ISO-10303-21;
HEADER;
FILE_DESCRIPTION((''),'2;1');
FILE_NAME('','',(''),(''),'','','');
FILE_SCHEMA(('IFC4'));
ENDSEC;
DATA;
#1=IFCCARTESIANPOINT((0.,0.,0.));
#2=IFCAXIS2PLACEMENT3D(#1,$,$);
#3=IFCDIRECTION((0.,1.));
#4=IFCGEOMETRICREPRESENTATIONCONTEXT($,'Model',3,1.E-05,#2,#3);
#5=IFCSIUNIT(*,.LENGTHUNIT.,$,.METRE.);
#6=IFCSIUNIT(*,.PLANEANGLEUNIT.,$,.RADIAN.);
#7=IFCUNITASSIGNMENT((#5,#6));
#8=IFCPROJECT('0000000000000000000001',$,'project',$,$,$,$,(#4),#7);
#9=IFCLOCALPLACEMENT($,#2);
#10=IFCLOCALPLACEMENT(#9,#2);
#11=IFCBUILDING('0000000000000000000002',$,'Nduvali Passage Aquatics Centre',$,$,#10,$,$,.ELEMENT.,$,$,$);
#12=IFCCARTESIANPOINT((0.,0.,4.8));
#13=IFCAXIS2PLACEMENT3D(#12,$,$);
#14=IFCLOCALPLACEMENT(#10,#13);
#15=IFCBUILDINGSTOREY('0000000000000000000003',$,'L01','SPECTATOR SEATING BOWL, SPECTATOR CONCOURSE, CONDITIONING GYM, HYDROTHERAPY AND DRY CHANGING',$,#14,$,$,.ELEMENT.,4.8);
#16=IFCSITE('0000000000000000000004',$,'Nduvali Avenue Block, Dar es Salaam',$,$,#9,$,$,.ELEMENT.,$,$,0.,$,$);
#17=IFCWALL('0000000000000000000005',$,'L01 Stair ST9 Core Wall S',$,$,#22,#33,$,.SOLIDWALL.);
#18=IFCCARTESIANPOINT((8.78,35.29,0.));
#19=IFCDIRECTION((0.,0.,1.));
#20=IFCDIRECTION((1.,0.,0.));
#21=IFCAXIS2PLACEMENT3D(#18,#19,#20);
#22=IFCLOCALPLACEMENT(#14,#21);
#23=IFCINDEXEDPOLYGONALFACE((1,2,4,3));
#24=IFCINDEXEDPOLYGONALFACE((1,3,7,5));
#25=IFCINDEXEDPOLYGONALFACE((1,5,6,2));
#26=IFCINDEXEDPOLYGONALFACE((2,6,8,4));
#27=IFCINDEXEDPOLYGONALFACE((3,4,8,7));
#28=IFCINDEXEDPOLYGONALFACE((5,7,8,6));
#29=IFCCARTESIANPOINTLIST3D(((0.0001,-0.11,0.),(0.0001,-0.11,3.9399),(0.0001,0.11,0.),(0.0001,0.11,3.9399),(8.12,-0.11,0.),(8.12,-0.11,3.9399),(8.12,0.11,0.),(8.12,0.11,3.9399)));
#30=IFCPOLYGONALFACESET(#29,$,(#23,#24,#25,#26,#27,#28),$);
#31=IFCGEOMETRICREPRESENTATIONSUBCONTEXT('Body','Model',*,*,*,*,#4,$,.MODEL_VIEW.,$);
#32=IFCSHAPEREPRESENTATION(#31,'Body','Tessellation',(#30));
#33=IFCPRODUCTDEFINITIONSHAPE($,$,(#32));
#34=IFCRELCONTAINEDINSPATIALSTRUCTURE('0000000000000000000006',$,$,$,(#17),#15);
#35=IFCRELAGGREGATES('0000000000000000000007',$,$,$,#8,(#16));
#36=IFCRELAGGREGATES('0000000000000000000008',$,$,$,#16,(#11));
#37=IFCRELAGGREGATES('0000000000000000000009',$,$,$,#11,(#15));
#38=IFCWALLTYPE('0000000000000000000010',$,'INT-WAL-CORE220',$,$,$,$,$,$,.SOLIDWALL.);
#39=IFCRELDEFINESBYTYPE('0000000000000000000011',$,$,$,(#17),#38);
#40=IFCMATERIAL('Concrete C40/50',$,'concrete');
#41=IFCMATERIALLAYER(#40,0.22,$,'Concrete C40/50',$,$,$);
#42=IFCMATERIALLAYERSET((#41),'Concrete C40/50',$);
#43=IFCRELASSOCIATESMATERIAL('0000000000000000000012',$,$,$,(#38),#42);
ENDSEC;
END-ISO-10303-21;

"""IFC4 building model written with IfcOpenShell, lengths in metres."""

from ifc_helpers import new_model, si_unit, direction, frame, frame_2d, origin, place, context, subcontext, project, spatial, rectangle, extrude, material, layer, layer_set, type_object, element, save


model = new_model("IFC4")

# Units and contexts
model_context = context("Model", 3, precision=1e-05, world=origin(), true_north=direction((0.0, 1.0)))
body_context = subcontext(model_context, "Body", "Model", "MODEL_VIEW")
ifc_project = project(units=[si_unit("LENGTHUNIT", "METRE"), si_unit("PLANEANGLEUNIT", "RADIAN")], contexts=[model_context])

# Site, building, storey
site_placement = place(None, origin())
site = spatial("IfcSite", under=ifc_project, at=site_placement, Name="Nduvali Avenue Block, Dar es Salaam", CompositionType="ELEMENT", RefElevation=0.0)
building_placement = place(site_placement, origin())
building = spatial("IfcBuilding", under=site, at=building_placement, Name="Nduvali Passage Aquatics Centre", CompositionType="ELEMENT")
storey_placement = place(building_placement, frame((0.0, 0.0, 4.8)))
storey = spatial("IfcBuildingStorey", under=building, at=storey_placement, Name="L01", Description="SPECTATOR SEATING BOWL, SPECTATOR CONCOURSE, CONDITIONING GYM, HYDROTHERAPY AND DRY CHANGING", CompositionType="ELEMENT", Elevation=4.8)

# Shared definitions
ifc_material_1 = material(Name="Concrete C40/50", Category="concrete")

# Wall
ifc_layer_1 = layer(ifc_material_1, 0.22, Name="Concrete C40/50")
ifc_layer_set_1 = layer_set([ifc_layer_1], Name="Concrete C40/50")
wall_type_1 = type_object("IfcWallType", Name="INT-WAL-CORE220", PredefinedType="SOLIDWALL", material=ifc_layer_set_1)
wall_1_placement = place(storey_placement, frame((8.78, 35.29, 0.0), z_axis=(0.0, 0.0, 1.0), x_axis=(1.0, 0.0, 0.0)))
element("IfcWall", 1, at=wall_1_placement, inside=storey, type_object=wall_type_1, Name="L01 Stair ST9 Core Wall S", PredefinedType="SOLIDWALL", context=body_context, shape_type="SweptSolid", body=[
    extrude(rectangle(XDim=8.1199, YDim=0.22, at=frame_2d((4.0601, 0.0))), origin(), (0.0, 0.0, 1.0), 3.9399),
])

save(model, "model.ifc")
